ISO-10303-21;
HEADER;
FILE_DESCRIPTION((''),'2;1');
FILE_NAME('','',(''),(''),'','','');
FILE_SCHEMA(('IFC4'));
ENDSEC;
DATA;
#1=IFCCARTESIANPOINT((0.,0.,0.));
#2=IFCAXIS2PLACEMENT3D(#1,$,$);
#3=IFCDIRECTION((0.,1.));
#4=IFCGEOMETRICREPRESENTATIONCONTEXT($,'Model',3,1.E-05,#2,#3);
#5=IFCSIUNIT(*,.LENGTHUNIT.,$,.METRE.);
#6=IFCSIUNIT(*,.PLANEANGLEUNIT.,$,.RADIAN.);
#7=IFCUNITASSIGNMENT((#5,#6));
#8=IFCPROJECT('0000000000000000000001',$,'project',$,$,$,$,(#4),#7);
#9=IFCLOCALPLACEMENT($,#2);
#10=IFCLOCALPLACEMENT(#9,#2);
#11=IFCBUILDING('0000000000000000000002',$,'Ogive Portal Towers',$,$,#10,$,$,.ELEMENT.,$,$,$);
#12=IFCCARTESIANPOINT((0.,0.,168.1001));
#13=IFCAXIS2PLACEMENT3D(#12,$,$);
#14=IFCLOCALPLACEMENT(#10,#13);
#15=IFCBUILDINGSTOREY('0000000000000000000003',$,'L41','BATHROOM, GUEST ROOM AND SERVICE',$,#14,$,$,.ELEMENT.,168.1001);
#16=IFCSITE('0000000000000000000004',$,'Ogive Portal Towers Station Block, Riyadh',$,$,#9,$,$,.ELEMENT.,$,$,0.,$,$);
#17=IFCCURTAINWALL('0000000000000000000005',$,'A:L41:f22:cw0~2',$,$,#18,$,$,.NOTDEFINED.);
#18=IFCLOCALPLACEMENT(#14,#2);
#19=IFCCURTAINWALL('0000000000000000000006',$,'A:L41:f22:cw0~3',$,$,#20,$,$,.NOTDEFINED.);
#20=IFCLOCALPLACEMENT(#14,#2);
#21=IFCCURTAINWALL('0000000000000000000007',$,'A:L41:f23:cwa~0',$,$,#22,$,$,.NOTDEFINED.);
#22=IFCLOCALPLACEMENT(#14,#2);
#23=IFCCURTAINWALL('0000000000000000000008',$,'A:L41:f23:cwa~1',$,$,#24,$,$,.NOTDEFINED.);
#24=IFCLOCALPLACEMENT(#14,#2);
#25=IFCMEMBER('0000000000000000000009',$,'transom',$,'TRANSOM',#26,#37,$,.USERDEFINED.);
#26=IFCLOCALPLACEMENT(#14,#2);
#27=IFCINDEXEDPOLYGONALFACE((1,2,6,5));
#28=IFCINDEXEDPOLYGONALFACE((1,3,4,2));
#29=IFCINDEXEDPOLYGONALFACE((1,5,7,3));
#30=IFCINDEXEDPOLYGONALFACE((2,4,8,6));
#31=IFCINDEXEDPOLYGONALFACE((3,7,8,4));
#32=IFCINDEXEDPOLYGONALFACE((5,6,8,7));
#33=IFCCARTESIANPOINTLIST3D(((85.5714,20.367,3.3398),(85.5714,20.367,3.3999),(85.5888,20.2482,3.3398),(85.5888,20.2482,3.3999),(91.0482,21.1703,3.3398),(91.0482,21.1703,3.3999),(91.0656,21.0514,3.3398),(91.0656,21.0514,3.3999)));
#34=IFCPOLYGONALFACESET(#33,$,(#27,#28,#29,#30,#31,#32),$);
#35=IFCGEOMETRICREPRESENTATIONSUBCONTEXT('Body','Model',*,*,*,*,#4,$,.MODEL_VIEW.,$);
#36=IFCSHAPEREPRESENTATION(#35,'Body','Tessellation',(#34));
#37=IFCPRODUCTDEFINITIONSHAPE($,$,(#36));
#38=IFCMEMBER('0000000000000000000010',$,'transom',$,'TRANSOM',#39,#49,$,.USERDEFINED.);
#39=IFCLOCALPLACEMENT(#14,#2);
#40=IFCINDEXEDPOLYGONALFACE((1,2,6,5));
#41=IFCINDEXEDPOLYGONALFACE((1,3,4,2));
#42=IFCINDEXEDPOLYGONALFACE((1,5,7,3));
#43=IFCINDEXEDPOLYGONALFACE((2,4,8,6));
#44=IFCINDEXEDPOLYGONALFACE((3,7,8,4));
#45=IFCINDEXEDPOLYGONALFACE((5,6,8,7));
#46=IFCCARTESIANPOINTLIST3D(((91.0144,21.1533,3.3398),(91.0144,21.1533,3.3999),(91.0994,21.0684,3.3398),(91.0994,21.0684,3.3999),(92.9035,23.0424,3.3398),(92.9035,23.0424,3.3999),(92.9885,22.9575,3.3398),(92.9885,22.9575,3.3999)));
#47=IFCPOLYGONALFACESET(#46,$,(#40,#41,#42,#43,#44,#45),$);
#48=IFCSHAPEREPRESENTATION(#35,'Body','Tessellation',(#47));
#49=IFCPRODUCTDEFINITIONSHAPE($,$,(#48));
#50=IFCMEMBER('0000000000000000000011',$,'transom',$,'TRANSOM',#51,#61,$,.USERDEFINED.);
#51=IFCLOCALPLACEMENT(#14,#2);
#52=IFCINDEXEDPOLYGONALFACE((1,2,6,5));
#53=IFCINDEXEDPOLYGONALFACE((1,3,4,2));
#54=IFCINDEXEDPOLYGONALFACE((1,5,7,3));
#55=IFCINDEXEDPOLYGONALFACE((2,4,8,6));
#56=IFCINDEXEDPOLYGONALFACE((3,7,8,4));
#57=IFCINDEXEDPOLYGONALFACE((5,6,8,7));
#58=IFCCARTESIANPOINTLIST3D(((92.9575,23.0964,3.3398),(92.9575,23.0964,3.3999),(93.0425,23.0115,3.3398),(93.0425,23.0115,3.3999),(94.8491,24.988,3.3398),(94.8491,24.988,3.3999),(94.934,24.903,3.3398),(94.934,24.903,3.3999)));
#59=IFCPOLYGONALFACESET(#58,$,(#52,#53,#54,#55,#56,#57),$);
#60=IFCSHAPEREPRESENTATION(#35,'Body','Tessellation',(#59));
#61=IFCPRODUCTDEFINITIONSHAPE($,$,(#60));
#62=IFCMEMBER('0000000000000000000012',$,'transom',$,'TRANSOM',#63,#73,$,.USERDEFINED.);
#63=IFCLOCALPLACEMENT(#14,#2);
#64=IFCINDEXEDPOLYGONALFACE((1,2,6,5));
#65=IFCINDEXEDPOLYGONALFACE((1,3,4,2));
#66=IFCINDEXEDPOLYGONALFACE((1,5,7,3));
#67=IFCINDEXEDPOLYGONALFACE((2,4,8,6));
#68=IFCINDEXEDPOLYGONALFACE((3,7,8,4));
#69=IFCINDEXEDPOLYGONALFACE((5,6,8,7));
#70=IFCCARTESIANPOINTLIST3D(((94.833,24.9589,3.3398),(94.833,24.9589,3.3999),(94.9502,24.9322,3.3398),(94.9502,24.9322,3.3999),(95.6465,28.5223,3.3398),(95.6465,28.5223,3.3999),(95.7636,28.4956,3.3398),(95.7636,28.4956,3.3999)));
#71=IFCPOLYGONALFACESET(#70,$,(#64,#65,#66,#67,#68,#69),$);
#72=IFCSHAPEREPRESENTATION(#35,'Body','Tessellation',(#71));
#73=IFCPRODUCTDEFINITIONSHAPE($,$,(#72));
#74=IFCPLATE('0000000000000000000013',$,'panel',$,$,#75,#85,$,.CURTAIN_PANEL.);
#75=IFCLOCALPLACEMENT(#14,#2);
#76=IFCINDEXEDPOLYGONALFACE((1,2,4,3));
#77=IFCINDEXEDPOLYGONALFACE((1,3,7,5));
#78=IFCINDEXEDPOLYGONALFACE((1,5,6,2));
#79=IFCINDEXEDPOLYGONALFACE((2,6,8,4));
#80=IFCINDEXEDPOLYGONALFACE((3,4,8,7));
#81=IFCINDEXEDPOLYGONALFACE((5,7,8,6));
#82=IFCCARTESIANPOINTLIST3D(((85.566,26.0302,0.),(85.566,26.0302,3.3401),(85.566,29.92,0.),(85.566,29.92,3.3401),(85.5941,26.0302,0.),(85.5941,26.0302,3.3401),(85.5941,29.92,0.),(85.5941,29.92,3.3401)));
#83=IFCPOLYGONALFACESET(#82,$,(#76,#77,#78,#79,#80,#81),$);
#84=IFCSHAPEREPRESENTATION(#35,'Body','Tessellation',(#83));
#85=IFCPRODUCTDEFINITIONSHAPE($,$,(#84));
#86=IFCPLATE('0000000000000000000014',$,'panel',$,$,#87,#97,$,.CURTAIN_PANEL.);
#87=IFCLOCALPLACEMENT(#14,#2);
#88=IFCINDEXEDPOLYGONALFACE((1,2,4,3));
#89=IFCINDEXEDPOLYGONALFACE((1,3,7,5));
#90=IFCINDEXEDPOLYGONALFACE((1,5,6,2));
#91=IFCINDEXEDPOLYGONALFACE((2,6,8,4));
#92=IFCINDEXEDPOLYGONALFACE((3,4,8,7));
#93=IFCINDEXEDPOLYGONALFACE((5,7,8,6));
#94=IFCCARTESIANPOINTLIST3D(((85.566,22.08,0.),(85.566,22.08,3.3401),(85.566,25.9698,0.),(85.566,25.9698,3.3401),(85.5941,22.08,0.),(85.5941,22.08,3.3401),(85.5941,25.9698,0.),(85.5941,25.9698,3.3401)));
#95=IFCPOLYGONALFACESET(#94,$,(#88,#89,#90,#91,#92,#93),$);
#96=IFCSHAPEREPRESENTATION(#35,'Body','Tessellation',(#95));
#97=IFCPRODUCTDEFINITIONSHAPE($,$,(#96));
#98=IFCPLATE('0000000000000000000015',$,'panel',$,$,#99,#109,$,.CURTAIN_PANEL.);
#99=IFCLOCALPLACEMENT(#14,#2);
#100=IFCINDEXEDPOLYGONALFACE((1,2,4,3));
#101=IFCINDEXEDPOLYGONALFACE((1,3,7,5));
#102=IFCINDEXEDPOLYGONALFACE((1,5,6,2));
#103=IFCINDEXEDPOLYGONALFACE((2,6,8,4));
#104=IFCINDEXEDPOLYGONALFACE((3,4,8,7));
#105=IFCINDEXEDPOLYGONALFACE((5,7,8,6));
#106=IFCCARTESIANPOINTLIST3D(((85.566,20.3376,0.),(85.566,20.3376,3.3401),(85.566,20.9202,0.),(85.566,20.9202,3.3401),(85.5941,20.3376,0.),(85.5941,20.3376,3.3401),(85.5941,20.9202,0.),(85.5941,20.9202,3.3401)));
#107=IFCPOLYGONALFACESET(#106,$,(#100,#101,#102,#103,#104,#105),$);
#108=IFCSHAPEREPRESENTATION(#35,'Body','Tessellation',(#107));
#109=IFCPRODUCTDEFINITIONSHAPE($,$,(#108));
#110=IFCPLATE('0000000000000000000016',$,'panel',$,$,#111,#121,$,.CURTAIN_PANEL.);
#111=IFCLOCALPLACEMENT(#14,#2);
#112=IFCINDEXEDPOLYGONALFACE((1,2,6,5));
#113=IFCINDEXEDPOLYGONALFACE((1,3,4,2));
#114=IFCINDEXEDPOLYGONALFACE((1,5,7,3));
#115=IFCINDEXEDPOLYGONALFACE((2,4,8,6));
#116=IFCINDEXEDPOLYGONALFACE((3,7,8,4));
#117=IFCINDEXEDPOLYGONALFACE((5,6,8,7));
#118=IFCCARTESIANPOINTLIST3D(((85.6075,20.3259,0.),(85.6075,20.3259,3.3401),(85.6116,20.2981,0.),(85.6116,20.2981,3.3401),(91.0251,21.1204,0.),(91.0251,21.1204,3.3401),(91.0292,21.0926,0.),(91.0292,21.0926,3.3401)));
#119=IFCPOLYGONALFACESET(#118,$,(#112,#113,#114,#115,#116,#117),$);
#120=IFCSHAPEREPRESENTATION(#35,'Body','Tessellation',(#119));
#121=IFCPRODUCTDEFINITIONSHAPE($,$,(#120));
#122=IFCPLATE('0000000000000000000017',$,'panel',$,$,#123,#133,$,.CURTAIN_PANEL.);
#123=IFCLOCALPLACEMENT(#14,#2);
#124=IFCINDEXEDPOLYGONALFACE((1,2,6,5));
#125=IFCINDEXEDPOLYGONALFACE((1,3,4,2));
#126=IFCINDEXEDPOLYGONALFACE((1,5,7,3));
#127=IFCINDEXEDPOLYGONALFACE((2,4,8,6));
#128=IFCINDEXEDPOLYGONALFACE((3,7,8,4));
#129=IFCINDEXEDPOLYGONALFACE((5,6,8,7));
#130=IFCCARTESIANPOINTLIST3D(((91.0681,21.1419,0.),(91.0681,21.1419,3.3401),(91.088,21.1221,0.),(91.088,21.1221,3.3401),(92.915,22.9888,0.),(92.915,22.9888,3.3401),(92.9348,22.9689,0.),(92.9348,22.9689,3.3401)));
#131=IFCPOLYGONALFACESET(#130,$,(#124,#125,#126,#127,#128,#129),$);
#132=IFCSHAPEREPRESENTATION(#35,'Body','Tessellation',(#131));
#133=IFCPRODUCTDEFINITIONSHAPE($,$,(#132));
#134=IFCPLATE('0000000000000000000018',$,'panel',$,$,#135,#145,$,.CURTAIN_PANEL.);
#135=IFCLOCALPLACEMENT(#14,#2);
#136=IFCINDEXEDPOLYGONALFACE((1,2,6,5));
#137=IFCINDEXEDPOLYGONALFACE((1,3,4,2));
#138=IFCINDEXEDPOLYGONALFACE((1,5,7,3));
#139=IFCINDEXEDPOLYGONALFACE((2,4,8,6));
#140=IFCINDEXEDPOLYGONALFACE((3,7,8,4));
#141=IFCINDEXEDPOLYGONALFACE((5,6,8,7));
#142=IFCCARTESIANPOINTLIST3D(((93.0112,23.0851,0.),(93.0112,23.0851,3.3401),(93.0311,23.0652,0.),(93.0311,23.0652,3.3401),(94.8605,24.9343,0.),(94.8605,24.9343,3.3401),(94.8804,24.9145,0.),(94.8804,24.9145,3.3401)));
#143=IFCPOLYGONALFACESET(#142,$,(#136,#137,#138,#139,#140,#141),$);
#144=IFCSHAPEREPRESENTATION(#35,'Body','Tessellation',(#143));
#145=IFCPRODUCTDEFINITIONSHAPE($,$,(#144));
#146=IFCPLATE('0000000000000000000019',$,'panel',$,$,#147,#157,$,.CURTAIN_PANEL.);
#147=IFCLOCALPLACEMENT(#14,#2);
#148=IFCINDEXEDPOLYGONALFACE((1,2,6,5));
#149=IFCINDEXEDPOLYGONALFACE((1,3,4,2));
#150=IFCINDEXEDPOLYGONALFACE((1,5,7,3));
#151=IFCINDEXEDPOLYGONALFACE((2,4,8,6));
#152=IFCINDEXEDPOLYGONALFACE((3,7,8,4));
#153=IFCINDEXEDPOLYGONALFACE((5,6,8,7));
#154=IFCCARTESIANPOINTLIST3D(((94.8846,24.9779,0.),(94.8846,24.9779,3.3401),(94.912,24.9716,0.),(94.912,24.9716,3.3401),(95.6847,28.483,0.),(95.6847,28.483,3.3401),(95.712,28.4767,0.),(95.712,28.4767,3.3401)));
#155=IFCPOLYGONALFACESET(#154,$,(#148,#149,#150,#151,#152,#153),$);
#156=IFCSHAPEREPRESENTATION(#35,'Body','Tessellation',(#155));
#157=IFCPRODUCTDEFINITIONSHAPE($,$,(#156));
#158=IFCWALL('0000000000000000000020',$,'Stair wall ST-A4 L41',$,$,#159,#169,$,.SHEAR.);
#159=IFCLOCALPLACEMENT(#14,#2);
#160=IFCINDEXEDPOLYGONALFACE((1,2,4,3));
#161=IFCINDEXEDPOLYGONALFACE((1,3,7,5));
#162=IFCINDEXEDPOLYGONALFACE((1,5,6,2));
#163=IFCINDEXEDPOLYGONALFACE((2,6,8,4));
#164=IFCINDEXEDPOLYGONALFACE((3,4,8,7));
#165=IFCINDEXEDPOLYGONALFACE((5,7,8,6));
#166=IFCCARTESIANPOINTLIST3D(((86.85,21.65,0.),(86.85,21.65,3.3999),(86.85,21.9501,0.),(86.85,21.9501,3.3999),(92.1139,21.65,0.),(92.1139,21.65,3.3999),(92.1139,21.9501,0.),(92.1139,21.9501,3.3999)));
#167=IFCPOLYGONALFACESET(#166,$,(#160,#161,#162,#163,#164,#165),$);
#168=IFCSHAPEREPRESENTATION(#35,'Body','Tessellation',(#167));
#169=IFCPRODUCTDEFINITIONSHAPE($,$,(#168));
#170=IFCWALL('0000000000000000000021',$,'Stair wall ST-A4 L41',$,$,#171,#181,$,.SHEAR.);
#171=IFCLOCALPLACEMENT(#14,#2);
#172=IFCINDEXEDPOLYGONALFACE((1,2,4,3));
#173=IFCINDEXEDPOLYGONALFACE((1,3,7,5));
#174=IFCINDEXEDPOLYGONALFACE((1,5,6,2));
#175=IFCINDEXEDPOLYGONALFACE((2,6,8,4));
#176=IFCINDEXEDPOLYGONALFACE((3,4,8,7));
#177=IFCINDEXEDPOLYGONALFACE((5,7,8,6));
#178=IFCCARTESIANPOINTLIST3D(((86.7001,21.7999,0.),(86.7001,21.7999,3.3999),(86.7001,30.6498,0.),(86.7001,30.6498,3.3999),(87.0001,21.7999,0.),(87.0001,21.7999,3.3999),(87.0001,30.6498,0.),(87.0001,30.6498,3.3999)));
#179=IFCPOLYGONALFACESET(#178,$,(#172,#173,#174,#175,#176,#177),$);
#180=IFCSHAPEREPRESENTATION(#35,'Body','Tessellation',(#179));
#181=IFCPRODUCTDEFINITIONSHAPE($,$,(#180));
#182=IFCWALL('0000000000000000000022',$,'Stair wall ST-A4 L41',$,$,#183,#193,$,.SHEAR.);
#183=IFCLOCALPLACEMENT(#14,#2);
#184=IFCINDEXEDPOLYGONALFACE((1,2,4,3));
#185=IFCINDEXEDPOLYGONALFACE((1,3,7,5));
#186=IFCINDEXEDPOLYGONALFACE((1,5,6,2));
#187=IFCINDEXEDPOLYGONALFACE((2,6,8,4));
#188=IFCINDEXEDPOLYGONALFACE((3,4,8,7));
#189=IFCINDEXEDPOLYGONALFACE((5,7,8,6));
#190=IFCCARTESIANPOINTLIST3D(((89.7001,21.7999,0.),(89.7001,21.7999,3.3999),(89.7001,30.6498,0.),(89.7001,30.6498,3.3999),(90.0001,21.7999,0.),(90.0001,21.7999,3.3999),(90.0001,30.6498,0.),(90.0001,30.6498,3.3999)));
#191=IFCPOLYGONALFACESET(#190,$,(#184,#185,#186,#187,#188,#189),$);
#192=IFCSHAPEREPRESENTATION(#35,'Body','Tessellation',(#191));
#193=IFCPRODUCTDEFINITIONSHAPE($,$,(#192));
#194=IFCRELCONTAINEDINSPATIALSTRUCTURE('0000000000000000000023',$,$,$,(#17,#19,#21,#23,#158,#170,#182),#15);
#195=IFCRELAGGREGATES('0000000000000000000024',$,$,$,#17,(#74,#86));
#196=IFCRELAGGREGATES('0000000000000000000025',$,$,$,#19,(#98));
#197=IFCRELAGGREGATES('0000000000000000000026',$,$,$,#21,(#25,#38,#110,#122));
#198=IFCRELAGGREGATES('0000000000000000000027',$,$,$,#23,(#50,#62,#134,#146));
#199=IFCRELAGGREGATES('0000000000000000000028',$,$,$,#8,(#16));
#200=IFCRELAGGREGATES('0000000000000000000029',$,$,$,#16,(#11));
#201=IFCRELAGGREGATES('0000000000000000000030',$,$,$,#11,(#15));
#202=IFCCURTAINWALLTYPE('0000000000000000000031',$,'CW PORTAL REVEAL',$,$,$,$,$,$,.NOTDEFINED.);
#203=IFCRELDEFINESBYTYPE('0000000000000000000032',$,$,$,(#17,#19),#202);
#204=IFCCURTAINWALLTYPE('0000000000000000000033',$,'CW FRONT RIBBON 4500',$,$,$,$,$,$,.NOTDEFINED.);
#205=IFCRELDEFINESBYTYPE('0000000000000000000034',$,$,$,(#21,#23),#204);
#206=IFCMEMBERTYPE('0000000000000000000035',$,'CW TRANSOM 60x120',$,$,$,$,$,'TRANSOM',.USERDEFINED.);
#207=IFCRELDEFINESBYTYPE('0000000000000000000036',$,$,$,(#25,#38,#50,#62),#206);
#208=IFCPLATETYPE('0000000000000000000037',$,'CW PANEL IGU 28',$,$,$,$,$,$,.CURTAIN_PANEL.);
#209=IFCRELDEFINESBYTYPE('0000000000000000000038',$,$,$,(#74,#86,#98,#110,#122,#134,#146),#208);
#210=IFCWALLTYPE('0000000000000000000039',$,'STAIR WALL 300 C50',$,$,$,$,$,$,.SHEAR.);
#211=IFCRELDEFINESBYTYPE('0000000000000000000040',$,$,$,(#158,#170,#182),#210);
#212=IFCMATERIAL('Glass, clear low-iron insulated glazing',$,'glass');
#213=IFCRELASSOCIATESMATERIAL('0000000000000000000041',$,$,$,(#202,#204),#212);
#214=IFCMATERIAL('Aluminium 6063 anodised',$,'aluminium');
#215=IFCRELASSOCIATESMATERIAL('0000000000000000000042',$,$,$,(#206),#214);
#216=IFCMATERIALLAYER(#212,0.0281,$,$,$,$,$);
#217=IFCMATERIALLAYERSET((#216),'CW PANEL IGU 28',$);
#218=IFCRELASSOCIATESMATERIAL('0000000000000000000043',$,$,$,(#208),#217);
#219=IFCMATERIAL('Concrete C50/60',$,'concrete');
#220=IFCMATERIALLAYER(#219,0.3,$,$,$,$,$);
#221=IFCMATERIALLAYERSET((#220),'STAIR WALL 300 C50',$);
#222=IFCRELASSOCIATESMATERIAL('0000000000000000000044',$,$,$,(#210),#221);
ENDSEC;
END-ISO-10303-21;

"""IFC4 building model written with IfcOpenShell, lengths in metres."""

from ifc_helpers import new_model, si_unit, direction, frame, frame_2d, origin, origin_2d, place, context, subcontext, project, spatial, rectangle, extrude, material, layer, layer_set, material_profile, profile_set, type_object, element, aggregate, save


model = new_model("IFC4")

# Units and contexts
model_context = context("Model", 3, precision=1e-05, world=origin(), true_north=direction((0.0, 1.0)))
body_context = subcontext(model_context, "Body", "Model", "MODEL_VIEW")
ifc_project = project(units=[si_unit("LENGTHUNIT", "METRE"), si_unit("PLANEANGLEUNIT", "RADIAN")], contexts=[model_context])

# Site, building, storey
site_placement = place(None, origin())
site = spatial("IfcSite", under=ifc_project, at=site_placement, Name="Ogive Portal Towers Station Block, Riyadh", CompositionType="ELEMENT", RefElevation=0.0)
building_placement = place(site_placement, origin())
building = spatial("IfcBuilding", under=site, at=building_placement, Name="Ogive Portal Towers", CompositionType="ELEMENT")
storey_placement = place(building_placement, frame((0.0, 0.0, 168.1001)))
storey = spatial("IfcBuildingStorey", under=building, at=storey_placement, Name="L41", Description="BATHROOM, GUEST ROOM AND SERVICE", CompositionType="ELEMENT", Elevation=168.1001)

# Curtain walls
ifc_material_1 = material(Name="Glass, clear low-iron insulated glazing", Category="glass")
curtain_wall_type_1 = type_object("IfcCurtainWallType", Name="CW PORTAL REVEAL", PredefinedType="NOTDEFINED", material=ifc_material_1)
curtain_wall_1_placement = place(storey_placement, origin())
curtain_wall_1 = element("IfcCurtainWall", 1, at=curtain_wall_1_placement, inside=storey, type_object=curtain_wall_type_1, Name="A:L41:f22:cw0~2", PredefinedType="NOTDEFINED")
ifc_material_2 = material(Name="Aluminium 6063 anodised", Category="aluminium")
curtain_wall_2_placement = place(storey_placement, origin())
curtain_wall_2 = element("IfcCurtainWall", 2, at=curtain_wall_2_placement, inside=storey, type_object=curtain_wall_type_1, Name="A:L41:f22:cw0~3", PredefinedType="NOTDEFINED")

# Shared definitions
curtain_wall_type_2 = type_object("IfcCurtainWallType", Name="CW FRONT RIBBON 4500", PredefinedType="NOTDEFINED", material=ifc_material_1)

# Curtain walls
curtain_wall_3_placement = place(storey_placement, origin())
curtain_wall_3 = element("IfcCurtainWall", 3, at=curtain_wall_3_placement, inside=storey, type_object=curtain_wall_type_2, Name="A:L41:f23:cwa~0", PredefinedType="NOTDEFINED")
curtain_wall_4_placement = place(storey_placement, origin())
curtain_wall_4 = element("IfcCurtainWall", 4, at=curtain_wall_4_placement, inside=storey, type_object=curtain_wall_type_2, Name="A:L41:f23:cwa~1", PredefinedType="NOTDEFINED")

# Members
ifc_material_profile_1 = material_profile(ifc_material_2, rectangle(XDim=0.1201, YDim=0.0601, at=origin_2d()), Name="AL 120x60")
ifc_profile_set_1 = profile_set([ifc_material_profile_1], Name="Aluminium 6063 anodised")
member_type_1 = type_object("IfcMemberType", Name="CW TRANSOM 60x120", ElementType="TRANSOM", PredefinedType="USERDEFINED", material=ifc_profile_set_1)
member_1_placement = place(storey_placement, frame((85.5801, 20.3076, 3.3699), z_axis=(0.989416, 0.145107, 0.0), x_axis=(-0.145107, 0.989416, 0.0)))
member_1 = element("IfcMember", 5, at=member_1_placement, type_object=member_type_1, Name="transom", ObjectType="TRANSOM", PredefinedType="USERDEFINED", context=body_context, shape_type="SweptSolid", body=[
    extrude(rectangle(XDim=0.1201, YDim=0.0601, at=origin_2d()), origin(), (0.0, 0.0, 1.0), 5.5354),
])
member_2_placement = place(storey_placement, frame((91.0569, 21.1108, 3.3699), z_axis=(0.707107, 0.707107, 0.0), x_axis=(-0.707107, 0.707107, 0.0)))
member_2 = element("IfcMember", 6, at=member_2_placement, type_object=member_type_1, Name="transom", ObjectType="TRANSOM", PredefinedType="USERDEFINED", context=body_context, shape_type="SweptSolid", body=[
    extrude(rectangle(XDim=0.1201, YDim=0.0601, at=origin_2d()), origin(), (0.0, 0.0, 1.0), 2.6716),
])
member_3_placement = place(storey_placement, frame((93.0, 23.054, 3.3699), z_axis=(0.707107, 0.707107, 0.0), x_axis=(-0.707107, 0.707107, 0.0)))
member_3 = element("IfcMember", 7, at=member_3_placement, type_object=member_type_1, Name="transom", ObjectType="TRANSOM", PredefinedType="USERDEFINED", context=body_context, shape_type="SweptSolid", body=[
    extrude(rectangle(XDim=0.1201, YDim=0.0601, at=origin_2d()), origin(), (0.0, 0.0, 1.0), 2.675),
])
member_4_placement = place(storey_placement, frame((94.8916, 24.9456, 3.3699), z_axis=(0.222556, 0.97492, 0.0), x_axis=(-0.97492, 0.222556, 0.0)))
member_4 = element("IfcMember", 8, at=member_4_placement, type_object=member_type_1, Name="transom", ObjectType="TRANSOM", PredefinedType="USERDEFINED", context=body_context, shape_type="SweptSolid", body=[
    extrude(rectangle(XDim=0.1201, YDim=0.0601, at=origin_2d()), origin(), (0.0, 0.0, 1.0), 3.655),
])

# Plates
ifc_layer_1 = layer(ifc_material_1, 0.0281)
ifc_layer_set_1 = layer_set([ifc_layer_1], Name="CW PANEL IGU 28")
plate_type = type_object("IfcPlateType", Name="CW PANEL IGU 28", PredefinedType="CURTAIN_PANEL", material=ifc_layer_set_1)
plate_1_placement = place(storey_placement, frame((85.5801, 27.9751, 0.0), z_axis=(0.0, 0.0, 1.0), x_axis=(0.0, -1.0, 0.0)))
plate_1 = element("IfcPlate", 9, at=plate_1_placement, type_object=plate_type, Name="panel", PredefinedType="CURTAIN_PANEL", context=body_context, shape_type="SweptSolid", body=[
    extrude(rectangle(XDim=3.8899, YDim=0.0281, at=origin_2d()), origin(), (0.0, 0.0, 1.0), 3.3401),
])
plate_2_placement = place(storey_placement, frame((85.5801, 24.0249, 0.0), z_axis=(0.0, 0.0, 1.0), x_axis=(0.0, -1.0, 0.0)))
plate_2 = element("IfcPlate", 10, at=plate_2_placement, type_object=plate_type, Name="panel", PredefinedType="CURTAIN_PANEL", context=body_context, shape_type="SweptSolid", body=[
    extrude(rectangle(XDim=3.8899, YDim=0.0281, at=origin_2d()), origin(), (0.0, 0.0, 1.0), 3.3401),
])
aggregate(curtain_wall_1, [plate_1, plate_2])
plate_3_placement = place(storey_placement, frame((85.5801, 20.6289, 0.0), z_axis=(0.0, 0.0, 1.0), x_axis=(0.0, -1.0, 0.0)))
plate_3 = element("IfcPlate", 11, at=plate_3_placement, type_object=plate_type, Name="panel", PredefinedType="CURTAIN_PANEL", context=body_context, shape_type="SweptSolid", body=[
    extrude(rectangle(XDim=0.5825, YDim=0.0281, at=origin_2d()), origin(), (0.0, 0.0, 1.0), 3.3401),
])
aggregate(curtain_wall_2, [plate_3])
plate_4_placement = place(storey_placement, frame((88.3184, 20.7092, 0.0), z_axis=(0.0, 0.0, 1.0), x_axis=(0.989417, 0.145099, 0.0)))
plate_4 = element("IfcPlate", 12, at=plate_4_placement, type_object=plate_type, Name="panel", PredefinedType="CURTAIN_PANEL", context=body_context, shape_type="SweptSolid", body=[
    extrude(rectangle(XDim=5.4756, YDim=0.0281, at=origin_2d()), origin(), (0.0, 0.0, 1.0), 3.3401),
])
plate_5_placement = place(storey_placement, frame((92.0015, 22.0554, 0.0), z_axis=(0.0, 0.0, 1.0), x_axis=(0.707107, 0.707107, 0.0)))
plate_5 = element("IfcPlate", 13, at=plate_5_placement, type_object=plate_type, Name="panel", PredefinedType="CURTAIN_PANEL", context=body_context, shape_type="SweptSolid", body=[
    extrude(rectangle(XDim=2.6118, YDim=0.0281, at=origin_2d()), origin(), (0.0, 0.0, 1.0), 3.3401),
])
aggregate(curtain_wall_3, [member_1, member_2, plate_4, plate_5])
plate_6_placement = place(storey_placement, frame((93.9458, 23.9998, 0.0), z_axis=(0.0, 0.0, 1.0), x_axis=(0.707107, 0.707107, 0.0)))
plate_6 = element("IfcPlate", 14, at=plate_6_placement, type_object=plate_type, Name="panel", PredefinedType="CURTAIN_PANEL", context=body_context, shape_type="SweptSolid", body=[
    extrude(rectangle(XDim=2.6152, YDim=0.0281, at=origin_2d()), origin(), (0.0, 0.0, 1.0), 3.3401),
])
plate_7_placement = place(storey_placement, frame((95.2983, 26.7273, 0.0), z_axis=(0.0, 0.0, 1.0), x_axis=(0.222521, 0.974928, 0.0)))
plate_7 = element("IfcPlate", 15, at=plate_7_placement, type_object=plate_type, Name="panel", PredefinedType="CURTAIN_PANEL", context=body_context, shape_type="SweptSolid", body=[
    extrude(rectangle(XDim=3.5952, YDim=0.0281, at=origin_2d()), origin(), (0.0, 0.0, 1.0), 3.3401),
])
aggregate(curtain_wall_4, [member_3, member_4, plate_6, plate_7])

# Walls
ifc_material_3 = material(Name="Concrete C50/60", Category="concrete")
ifc_layer_2 = layer(ifc_material_3, 0.3)
ifc_layer_set_2 = layer_set([ifc_layer_2], Name="STAIR WALL 300 C50")
wall_type_1 = type_object("IfcWallType", Name="STAIR WALL 300 C50", PredefinedType="SHEAR", material=ifc_layer_set_2)
wall_1_placement = place(storey_placement, frame((86.8501, 21.8, 0.0), z_axis=(0.0, 0.0, 1.0), x_axis=(1.0, 0.0, 0.0)))
element("IfcWall", 16, at=wall_1_placement, inside=storey, type_object=wall_type_1, Name="Stair wall ST-A4 L41", PredefinedType="SHEAR", context=body_context, shape_type="SweptSolid", body=[
    extrude(rectangle(XDim=5.2639, YDim=0.3, at=frame_2d((2.6318, 0.0))), origin(), (0.0, 0.0, 1.0), 3.3999),
])
for number, where, z_axis, x_axis, name in (
    (17, (86.8501, 21.8, 0.0), (0.0, 0.0, 1.0), (0.0, 1.0, 0.0), "Stair wall ST-A4 L41"),
    (18, (89.8501, 21.8, 0.0), (0.0, 0.0, 1.0), (0.0, 1.0, 0.0), "Stair wall ST-A4 L41"),
):
    element("IfcWall", number, at=place(storey_placement, frame(where, z_axis=z_axis, x_axis=x_axis)), inside=storey, type_object=wall_type_1, Name=name, PredefinedType="SHEAR", context=body_context, shape_type="SweptSolid", body=[
        extrude(rectangle(XDim=8.8499, YDim=0.3, at=frame_2d((4.4248, 0.0))), origin(), (0.0, 0.0, 1.0), 3.3999),
    ])

save(model, "model.ifc")
